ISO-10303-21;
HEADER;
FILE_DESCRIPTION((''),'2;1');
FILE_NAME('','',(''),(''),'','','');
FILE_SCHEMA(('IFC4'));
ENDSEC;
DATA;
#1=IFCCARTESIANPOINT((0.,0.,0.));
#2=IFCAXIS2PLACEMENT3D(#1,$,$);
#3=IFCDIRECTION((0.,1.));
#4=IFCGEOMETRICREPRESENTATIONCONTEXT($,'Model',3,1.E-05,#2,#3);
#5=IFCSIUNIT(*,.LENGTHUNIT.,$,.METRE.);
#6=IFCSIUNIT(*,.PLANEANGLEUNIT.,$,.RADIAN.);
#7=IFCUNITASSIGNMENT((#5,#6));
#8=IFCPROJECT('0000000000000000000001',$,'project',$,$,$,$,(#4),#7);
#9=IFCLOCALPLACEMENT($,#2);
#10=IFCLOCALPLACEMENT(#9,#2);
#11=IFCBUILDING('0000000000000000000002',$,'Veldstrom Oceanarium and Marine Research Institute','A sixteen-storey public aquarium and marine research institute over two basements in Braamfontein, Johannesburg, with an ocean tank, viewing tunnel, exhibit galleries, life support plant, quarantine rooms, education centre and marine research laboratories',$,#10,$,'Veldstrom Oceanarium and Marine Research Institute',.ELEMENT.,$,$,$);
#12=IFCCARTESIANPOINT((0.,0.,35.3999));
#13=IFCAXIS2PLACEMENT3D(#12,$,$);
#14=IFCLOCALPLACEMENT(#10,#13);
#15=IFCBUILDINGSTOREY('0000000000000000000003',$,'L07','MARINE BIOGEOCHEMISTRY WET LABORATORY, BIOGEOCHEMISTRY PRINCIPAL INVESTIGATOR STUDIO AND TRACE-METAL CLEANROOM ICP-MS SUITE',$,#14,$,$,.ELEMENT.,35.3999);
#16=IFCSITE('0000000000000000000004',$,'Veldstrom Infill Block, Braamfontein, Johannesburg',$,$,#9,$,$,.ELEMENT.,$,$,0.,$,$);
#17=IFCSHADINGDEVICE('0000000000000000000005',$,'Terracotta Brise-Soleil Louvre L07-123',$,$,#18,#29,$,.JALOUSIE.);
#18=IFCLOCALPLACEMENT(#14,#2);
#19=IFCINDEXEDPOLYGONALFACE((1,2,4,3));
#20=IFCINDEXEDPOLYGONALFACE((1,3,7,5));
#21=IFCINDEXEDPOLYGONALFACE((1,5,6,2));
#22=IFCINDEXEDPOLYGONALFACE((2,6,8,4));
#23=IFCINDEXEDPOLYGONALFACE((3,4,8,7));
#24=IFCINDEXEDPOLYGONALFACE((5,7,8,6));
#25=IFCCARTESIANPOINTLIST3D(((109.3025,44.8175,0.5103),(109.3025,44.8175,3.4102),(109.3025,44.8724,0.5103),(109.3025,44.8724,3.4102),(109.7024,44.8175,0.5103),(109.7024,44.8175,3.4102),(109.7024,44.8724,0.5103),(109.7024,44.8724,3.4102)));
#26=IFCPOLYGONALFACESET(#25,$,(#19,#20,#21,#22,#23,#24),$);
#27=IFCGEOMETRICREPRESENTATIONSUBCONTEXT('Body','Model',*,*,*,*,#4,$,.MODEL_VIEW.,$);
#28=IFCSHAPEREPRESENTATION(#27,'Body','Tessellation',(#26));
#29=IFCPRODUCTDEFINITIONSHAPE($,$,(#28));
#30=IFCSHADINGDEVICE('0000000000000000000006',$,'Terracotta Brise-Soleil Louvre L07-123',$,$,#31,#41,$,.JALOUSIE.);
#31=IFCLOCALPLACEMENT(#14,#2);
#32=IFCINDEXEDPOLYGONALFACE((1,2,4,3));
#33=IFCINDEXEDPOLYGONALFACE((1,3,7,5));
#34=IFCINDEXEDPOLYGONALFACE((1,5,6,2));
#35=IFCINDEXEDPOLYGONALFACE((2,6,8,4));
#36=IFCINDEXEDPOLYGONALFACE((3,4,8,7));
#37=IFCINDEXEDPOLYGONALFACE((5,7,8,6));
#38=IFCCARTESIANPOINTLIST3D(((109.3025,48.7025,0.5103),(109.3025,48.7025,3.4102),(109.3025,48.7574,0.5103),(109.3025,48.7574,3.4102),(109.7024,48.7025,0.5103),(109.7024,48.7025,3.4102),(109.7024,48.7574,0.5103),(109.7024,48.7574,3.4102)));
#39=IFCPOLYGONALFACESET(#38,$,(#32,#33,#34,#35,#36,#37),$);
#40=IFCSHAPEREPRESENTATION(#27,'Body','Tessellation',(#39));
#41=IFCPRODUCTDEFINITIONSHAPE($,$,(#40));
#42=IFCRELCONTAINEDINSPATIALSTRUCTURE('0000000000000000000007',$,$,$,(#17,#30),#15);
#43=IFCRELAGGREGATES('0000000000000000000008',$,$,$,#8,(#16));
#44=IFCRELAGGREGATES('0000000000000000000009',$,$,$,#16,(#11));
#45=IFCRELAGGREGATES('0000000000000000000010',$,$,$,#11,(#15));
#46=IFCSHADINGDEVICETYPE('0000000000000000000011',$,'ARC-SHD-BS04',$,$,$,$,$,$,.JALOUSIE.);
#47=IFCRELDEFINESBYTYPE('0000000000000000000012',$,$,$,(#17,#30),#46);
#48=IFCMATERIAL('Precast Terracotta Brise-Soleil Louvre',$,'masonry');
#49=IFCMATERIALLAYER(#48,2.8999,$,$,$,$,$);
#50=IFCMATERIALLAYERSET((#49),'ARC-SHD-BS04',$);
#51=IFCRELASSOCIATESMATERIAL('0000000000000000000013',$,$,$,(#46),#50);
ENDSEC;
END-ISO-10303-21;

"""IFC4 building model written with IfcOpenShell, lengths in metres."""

from ifc_helpers import new_model, si_unit, direction, frame, origin, origin_2d, place, context, subcontext, project, spatial, rectangle, extrude, material, layer, layer_set, type_object, element, save


model = new_model("IFC4")

# Units and contexts
model_context = context("Model", 3, precision=1e-05, world=origin(), true_north=direction((0.0, 1.0)))
body_context = subcontext(model_context, "Body", "Model", "MODEL_VIEW")
ifc_project = project(units=[si_unit("LENGTHUNIT", "METRE"), si_unit("PLANEANGLEUNIT", "RADIAN")], contexts=[model_context])

# Site, building, storey
site_placement = place(None, origin())
site = spatial("IfcSite", under=ifc_project, at=site_placement, Name="Veldstrom Infill Block, Braamfontein, Johannesburg", CompositionType="ELEMENT", RefElevation=0.0)
building_placement = place(site_placement, origin())
building = spatial("IfcBuilding", under=site, at=building_placement, Name="Veldstrom Oceanarium and Marine Research Institute", Description="A sixteen-storey public aquarium and marine research institute over two basements in Braamfontein, Johannesburg, with an ocean tank, viewing tunnel, exhibit galleries, life support plant, quarantine rooms, education centre and marine research laboratories", LongName="Veldstrom Oceanarium and Marine Research Institute", CompositionType="ELEMENT")
storey_placement = place(building_placement, frame((0.0, 0.0, 35.3999)))
storey = spatial("IfcBuildingStorey", under=building, at=storey_placement, Name="L07", Description="MARINE BIOGEOCHEMISTRY WET LABORATORY, BIOGEOCHEMISTRY PRINCIPAL INVESTIGATOR STUDIO AND TRACE-METAL CLEANROOM ICP-MS SUITE", CompositionType="ELEMENT", Elevation=35.3999)

# Shading devices
ifc_material_1 = material(Name="Precast Terracotta Brise-Soleil Louvre", Category="masonry")
ifc_layer_1 = layer(ifc_material_1, 2.8999)
ifc_layer_set_1 = layer_set([ifc_layer_1], Name="ARC-SHD-BS04")
shading_device_type = type_object("IfcShadingDeviceType", Name="ARC-SHD-BS04", PredefinedType="JALOUSIE", material=ifc_layer_set_1)
for number, where, z_axis, x_axis, name in (
    (1, (109.5024, 44.845, 0.5103), (0.0, 0.0, 1.0), (1.0, 0.0, 0.0), "Terracotta Brise-Soleil Louvre L07-123"),
    (2, (109.5024, 48.73, 0.5103), (0.0, 0.0, 1.0), (1.0, 0.0, 0.0), "Terracotta Brise-Soleil Louvre L07-123"),
):
    element("IfcShadingDevice", number, at=place(storey_placement, frame(where, z_axis=z_axis, x_axis=x_axis)), inside=storey, type_object=shading_device_type, Name=name, PredefinedType="JALOUSIE", context=body_context, shape_type="SweptSolid", body=[
        extrude(rectangle(XDim=0.3999, YDim=0.0549, at=origin_2d()), origin(), (0.0, 0.0, 1.0), 2.8999),
    ])

save(model, "model.ifc")
